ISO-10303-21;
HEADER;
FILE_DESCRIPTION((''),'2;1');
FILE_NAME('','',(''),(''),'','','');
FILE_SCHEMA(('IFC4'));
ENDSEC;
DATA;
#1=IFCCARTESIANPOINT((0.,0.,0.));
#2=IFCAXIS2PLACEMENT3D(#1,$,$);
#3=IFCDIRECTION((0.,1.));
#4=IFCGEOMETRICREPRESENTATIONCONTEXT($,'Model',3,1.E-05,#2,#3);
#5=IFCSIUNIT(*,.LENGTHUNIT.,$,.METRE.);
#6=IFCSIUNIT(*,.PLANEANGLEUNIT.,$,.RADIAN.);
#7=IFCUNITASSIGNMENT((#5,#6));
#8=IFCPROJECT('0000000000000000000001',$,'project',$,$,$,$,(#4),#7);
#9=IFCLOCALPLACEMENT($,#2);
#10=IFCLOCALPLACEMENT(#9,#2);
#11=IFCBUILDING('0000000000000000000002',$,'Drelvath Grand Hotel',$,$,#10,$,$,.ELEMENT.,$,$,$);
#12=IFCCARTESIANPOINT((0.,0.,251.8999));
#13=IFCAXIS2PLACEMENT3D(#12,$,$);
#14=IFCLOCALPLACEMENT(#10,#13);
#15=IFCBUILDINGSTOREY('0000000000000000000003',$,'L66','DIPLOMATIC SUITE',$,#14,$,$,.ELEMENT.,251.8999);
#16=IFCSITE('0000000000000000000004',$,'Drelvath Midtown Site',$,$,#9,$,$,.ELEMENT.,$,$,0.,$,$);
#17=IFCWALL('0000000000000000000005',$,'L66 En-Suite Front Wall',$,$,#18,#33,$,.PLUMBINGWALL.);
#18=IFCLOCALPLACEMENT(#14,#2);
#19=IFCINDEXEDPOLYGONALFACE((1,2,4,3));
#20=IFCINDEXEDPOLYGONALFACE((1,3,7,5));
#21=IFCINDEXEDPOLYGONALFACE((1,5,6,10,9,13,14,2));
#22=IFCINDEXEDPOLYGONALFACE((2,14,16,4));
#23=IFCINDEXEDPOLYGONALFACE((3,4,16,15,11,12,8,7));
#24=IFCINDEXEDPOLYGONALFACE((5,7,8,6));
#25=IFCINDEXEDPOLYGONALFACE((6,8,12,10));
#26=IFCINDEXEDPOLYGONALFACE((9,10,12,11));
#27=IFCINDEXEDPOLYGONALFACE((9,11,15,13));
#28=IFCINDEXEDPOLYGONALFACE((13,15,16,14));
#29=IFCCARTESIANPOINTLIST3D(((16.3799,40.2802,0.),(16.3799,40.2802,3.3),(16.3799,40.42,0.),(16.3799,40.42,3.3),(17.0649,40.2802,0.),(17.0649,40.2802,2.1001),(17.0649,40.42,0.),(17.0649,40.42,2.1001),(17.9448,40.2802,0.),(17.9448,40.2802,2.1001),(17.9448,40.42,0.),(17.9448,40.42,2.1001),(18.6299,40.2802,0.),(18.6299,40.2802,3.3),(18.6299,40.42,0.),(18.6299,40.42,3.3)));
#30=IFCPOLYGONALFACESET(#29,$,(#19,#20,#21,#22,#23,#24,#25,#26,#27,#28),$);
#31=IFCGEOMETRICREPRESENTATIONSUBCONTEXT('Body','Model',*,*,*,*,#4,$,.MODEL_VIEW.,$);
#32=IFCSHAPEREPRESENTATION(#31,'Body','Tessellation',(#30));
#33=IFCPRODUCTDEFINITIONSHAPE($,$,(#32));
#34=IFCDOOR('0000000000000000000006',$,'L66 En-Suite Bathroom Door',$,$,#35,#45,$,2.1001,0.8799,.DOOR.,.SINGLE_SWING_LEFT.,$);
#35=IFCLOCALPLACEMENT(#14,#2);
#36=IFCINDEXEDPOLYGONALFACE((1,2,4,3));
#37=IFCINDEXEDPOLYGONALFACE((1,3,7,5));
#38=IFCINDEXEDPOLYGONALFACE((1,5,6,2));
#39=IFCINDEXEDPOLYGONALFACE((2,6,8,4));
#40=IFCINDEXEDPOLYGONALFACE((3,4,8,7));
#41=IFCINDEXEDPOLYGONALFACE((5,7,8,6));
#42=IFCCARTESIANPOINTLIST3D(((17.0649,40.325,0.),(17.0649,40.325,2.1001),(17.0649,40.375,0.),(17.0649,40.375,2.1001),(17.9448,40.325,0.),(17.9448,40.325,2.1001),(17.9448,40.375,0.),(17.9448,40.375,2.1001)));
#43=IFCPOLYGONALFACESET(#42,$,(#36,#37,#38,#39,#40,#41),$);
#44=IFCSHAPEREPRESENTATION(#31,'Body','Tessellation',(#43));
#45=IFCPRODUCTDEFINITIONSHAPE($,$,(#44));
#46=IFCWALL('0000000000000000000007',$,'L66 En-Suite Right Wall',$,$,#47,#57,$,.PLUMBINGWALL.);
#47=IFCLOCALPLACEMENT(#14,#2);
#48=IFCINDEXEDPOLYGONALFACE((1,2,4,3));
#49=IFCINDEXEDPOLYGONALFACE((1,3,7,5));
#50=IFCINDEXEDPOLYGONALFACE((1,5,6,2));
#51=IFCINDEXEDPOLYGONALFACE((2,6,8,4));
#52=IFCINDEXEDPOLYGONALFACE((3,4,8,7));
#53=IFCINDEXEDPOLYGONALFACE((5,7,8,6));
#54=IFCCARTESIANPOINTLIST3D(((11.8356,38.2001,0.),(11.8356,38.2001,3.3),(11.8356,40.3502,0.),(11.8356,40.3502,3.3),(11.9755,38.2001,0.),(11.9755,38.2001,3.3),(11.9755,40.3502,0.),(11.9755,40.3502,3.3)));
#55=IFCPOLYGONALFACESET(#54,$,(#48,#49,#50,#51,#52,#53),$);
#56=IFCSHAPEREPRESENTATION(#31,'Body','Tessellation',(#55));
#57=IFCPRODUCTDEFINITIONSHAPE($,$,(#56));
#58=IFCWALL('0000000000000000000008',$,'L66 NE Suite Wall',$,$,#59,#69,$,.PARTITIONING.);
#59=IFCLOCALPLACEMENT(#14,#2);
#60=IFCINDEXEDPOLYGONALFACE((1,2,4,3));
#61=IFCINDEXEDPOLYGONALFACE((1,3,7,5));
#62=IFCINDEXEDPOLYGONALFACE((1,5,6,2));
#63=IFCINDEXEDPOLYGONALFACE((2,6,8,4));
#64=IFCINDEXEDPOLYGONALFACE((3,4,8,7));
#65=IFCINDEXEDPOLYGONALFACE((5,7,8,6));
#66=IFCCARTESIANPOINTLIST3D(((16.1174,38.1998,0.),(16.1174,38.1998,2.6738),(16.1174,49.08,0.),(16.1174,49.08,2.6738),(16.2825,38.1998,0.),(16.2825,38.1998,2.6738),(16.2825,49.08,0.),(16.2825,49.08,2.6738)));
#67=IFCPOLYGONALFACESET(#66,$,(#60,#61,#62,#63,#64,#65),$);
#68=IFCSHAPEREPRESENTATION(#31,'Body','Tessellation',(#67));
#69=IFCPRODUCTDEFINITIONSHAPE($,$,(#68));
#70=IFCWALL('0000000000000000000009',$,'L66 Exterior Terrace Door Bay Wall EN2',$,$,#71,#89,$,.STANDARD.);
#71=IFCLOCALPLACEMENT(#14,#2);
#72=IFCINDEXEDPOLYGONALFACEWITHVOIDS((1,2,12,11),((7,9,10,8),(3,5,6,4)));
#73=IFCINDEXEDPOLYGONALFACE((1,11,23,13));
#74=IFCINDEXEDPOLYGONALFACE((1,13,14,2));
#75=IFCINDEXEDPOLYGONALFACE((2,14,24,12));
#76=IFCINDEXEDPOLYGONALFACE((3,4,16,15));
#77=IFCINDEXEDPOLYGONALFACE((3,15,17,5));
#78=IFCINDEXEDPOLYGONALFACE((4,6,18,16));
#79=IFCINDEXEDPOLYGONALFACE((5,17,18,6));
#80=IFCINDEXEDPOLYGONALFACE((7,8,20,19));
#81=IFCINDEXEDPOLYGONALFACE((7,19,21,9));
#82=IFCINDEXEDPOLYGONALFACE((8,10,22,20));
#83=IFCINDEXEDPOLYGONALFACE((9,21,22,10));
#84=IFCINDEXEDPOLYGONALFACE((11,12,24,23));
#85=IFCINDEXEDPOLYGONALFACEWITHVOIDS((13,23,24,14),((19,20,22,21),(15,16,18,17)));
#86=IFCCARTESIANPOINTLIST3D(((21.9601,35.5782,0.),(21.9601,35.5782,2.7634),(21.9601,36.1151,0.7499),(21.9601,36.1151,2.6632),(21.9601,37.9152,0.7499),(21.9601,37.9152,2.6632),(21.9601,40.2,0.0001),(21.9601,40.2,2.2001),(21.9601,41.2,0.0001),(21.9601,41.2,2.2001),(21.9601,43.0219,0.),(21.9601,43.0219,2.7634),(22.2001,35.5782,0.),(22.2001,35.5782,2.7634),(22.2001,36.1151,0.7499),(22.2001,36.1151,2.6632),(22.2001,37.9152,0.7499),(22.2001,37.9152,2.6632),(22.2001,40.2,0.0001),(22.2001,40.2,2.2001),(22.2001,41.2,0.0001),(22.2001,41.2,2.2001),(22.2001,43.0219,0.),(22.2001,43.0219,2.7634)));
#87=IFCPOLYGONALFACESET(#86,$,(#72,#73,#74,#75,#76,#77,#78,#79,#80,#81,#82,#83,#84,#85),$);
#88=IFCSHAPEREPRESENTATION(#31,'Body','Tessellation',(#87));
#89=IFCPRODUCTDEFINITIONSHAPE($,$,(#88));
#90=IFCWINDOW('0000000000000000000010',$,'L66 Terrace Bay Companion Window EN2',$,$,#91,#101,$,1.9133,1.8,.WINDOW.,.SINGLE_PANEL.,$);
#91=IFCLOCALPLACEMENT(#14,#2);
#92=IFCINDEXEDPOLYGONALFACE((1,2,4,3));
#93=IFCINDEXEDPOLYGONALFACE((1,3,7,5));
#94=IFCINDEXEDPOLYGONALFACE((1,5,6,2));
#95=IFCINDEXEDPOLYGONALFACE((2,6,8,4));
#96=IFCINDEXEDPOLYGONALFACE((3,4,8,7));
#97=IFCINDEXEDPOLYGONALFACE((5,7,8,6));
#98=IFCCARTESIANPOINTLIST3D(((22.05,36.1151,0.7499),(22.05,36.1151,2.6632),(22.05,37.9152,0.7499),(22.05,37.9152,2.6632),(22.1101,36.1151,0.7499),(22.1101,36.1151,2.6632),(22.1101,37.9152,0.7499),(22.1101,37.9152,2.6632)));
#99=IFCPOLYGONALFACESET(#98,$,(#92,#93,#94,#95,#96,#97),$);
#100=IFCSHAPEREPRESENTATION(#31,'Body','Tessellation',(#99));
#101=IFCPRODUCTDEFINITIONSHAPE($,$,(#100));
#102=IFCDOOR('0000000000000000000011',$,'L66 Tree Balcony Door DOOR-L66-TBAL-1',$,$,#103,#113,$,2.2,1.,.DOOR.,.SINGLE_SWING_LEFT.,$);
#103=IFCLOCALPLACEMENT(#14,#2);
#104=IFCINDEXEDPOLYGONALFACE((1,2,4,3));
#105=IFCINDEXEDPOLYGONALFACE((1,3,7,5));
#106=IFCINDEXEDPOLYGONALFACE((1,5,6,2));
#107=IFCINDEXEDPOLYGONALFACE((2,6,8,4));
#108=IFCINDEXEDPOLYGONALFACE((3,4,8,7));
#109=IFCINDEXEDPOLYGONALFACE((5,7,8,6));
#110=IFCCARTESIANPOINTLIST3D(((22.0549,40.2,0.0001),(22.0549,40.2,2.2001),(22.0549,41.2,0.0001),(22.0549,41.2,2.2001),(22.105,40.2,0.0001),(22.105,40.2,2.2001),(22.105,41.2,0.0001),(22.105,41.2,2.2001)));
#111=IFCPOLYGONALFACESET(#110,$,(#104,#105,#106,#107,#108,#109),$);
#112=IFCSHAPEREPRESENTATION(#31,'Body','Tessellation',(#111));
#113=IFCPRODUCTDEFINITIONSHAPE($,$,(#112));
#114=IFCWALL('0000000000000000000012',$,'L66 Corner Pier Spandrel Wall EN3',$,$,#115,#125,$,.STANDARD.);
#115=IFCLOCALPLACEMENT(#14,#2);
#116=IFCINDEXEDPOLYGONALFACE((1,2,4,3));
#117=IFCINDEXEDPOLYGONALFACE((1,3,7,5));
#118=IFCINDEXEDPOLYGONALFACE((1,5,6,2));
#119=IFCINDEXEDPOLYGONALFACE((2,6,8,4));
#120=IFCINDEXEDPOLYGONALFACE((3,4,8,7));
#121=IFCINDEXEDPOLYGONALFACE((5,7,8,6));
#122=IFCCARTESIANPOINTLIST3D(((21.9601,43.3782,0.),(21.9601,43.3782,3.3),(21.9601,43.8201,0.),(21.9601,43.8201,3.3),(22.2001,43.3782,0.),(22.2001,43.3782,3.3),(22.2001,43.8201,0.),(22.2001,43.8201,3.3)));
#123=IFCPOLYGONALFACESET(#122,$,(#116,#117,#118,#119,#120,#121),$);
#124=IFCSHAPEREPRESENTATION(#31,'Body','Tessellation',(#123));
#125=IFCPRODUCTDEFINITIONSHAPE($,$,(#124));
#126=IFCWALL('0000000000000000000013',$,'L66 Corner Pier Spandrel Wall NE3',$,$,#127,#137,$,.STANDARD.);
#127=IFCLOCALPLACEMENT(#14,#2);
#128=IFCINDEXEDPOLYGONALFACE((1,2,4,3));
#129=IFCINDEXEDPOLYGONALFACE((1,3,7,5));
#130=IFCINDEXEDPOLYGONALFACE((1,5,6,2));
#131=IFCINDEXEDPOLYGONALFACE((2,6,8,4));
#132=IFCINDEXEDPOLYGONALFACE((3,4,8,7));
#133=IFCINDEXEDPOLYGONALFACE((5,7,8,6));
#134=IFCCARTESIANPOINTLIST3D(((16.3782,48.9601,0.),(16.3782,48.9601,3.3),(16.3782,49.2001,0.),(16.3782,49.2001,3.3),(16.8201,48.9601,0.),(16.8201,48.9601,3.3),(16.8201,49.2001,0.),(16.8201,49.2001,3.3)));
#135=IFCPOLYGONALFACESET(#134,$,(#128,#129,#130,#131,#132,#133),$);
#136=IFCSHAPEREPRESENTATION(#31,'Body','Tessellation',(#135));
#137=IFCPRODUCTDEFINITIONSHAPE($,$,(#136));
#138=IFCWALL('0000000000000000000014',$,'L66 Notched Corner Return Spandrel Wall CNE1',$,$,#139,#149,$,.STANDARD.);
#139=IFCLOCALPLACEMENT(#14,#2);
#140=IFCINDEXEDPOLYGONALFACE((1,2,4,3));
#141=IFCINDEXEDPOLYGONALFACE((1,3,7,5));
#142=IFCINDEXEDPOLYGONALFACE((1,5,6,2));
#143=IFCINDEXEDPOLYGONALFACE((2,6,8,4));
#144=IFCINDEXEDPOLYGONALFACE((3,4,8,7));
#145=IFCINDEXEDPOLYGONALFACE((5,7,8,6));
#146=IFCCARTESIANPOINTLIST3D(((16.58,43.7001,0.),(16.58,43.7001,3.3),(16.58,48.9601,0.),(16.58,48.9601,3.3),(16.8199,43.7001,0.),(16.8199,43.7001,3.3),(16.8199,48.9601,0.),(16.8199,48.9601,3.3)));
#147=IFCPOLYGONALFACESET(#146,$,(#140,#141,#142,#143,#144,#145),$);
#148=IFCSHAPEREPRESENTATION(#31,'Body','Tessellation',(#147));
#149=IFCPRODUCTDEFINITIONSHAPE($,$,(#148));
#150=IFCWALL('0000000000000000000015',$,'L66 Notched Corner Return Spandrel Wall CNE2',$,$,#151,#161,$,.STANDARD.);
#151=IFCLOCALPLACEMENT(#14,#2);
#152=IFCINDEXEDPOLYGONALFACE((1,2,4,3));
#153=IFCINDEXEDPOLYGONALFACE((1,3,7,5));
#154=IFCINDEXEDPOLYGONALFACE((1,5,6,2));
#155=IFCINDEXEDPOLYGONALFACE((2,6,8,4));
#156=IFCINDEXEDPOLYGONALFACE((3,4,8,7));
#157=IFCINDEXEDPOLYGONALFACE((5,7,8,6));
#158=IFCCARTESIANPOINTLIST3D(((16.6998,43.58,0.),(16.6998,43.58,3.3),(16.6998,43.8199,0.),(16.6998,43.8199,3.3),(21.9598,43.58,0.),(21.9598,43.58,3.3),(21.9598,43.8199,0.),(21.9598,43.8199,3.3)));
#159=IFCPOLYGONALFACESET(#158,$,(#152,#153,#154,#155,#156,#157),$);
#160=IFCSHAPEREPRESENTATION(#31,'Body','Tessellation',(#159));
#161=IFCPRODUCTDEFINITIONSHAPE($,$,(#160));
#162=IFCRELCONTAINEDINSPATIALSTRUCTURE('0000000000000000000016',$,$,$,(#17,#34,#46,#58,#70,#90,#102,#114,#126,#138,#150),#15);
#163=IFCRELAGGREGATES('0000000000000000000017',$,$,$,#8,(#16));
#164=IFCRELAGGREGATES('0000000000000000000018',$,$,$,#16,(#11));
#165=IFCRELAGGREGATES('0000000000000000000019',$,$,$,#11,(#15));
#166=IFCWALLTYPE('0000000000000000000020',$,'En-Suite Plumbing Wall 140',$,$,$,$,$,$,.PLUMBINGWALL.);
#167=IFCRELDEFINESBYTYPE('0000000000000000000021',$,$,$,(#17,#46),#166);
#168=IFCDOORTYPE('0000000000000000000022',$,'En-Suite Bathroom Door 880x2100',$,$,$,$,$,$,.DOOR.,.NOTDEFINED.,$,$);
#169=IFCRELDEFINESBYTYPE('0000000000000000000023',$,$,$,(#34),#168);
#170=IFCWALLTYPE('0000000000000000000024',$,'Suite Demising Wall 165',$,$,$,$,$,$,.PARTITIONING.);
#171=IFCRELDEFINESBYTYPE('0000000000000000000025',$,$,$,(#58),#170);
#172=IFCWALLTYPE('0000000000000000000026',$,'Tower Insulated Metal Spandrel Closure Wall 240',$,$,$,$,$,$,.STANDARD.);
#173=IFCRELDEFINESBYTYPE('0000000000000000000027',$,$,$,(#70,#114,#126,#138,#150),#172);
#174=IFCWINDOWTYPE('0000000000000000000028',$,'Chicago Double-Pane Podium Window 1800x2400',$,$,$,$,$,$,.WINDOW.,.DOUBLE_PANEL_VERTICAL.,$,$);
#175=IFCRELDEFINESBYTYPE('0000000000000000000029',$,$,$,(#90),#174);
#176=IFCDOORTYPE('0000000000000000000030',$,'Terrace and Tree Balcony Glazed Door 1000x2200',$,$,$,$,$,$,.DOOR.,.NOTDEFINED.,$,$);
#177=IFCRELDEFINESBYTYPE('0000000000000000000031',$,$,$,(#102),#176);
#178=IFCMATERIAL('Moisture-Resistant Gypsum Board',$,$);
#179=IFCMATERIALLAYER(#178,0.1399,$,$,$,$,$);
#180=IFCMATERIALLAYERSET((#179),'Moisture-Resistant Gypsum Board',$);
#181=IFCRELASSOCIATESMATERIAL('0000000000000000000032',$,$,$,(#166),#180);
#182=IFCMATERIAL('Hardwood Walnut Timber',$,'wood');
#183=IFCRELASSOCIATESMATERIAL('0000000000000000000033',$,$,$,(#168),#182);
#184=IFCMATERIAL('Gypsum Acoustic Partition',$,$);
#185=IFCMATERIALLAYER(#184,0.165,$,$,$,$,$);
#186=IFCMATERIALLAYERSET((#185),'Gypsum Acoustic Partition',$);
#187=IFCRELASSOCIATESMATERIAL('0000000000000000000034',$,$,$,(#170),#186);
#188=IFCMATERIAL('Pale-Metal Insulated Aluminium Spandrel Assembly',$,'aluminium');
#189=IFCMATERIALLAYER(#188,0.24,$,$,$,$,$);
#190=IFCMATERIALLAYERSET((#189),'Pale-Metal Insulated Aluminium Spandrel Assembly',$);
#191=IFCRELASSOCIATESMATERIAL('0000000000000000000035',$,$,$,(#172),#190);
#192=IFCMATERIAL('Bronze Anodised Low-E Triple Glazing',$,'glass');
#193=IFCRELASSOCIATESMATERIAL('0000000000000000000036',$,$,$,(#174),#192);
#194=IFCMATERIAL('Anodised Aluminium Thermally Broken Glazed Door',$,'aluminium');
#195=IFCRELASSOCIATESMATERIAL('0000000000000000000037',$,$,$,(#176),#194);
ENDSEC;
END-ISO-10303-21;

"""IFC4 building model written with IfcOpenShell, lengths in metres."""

from ifc_helpers import new_model, si_unit, direction, frame, frame_2d, origin, place, context, subcontext, project, spatial, rectangle, extrude, material, layer, layer_set, type_object, element, fill, save


model = new_model("IFC4")

# Units and contexts
model_context = context("Model", 3, precision=1e-05, world=origin(), true_north=direction((0.0, 1.0)))
body_context = subcontext(model_context, "Body", "Model", "MODEL_VIEW")
ifc_project = project(units=[si_unit("LENGTHUNIT", "METRE"), si_unit("PLANEANGLEUNIT", "RADIAN")], contexts=[model_context])

# Site, building, storey
site_placement = place(None, origin())
site = spatial("IfcSite", under=ifc_project, at=site_placement, Name="Drelvath Midtown Site", CompositionType="ELEMENT", RefElevation=0.0)
building_placement = place(site_placement, origin())
building = spatial("IfcBuilding", under=site, at=building_placement, Name="Drelvath Grand Hotel", CompositionType="ELEMENT")
storey_placement = place(building_placement, frame((0.0, 0.0, 251.8999)))
storey = spatial("IfcBuildingStorey", under=building, at=storey_placement, Name="L66", Description="DIPLOMATIC SUITE", CompositionType="ELEMENT", Elevation=251.8999)

# Shared definitions
ifc_material_1 = material(Name="Moisture-Resistant Gypsum Board")
ifc_layer_1 = layer(ifc_material_1, 0.1399)
ifc_layer_set_1 = layer_set([ifc_layer_1], Name="Moisture-Resistant Gypsum Board")
wall_type_1 = type_object("IfcWallType", Name="En-Suite Plumbing Wall 140", PredefinedType="PLUMBINGWALL", material=ifc_layer_set_1)

# Wall, opening, door
wall_1_placement = place(storey_placement, frame((16.3799, 40.3501, 0.0), z_axis=(0.0, 0.0, 1.0), x_axis=(1.0, 0.0, 0.0)))
wall_1 = element("IfcWall", 1, at=wall_1_placement, inside=storey, type_object=wall_type_1, Name="L66 En-Suite Front Wall", PredefinedType="PLUMBINGWALL", context=body_context, shape_type="SweptSolid", body=[
    extrude(rectangle(XDim=2.25, YDim=0.1399, at=frame_2d((1.125, 0.0))), origin(), (0.0, 0.0, 1.0), 3.3),
])
opening_1_placement = place(wall_1_placement, frame((0.6851, 0.0, 0.0)))
opening_1 = element("IfcOpeningElement", 2, at=opening_1_placement, cuts=wall_1, PredefinedType="OPENING", context=body_context, shape_type="SweptSolid", body=[
    extrude(rectangle(XDim=0.8799, YDim=2.1001, at=frame_2d((0.4399, 1.05))), frame((0.0, 0.0798, 0.0), z_axis=(0.0, -1.0, 0.0), x_axis=(1.0, 0.0, 0.0)), (0.0, 0.0, 1.0), 0.1599),
])
ifc_material_2 = material(Name="Hardwood Walnut Timber", Category="wood")
door_type_1 = type_object("IfcDoorType", Name="En-Suite Bathroom Door 880x2100", OperationType="NOTDEFINED", PredefinedType="DOOR", material=ifc_material_2)
door_1_placement = place(opening_1_placement, origin())
door_1 = element("IfcDoor", 3, at=door_1_placement, inside=storey, type_object=door_type_1, Name="L66 En-Suite Bathroom Door", OperationType="SINGLE_SWING_LEFT", OverallHeight=2.1001, OverallWidth=0.8799, PredefinedType="DOOR", context=body_context, shape_type="SweptSolid", body=[
    extrude(rectangle(XDim=0.8799, YDim=2.1001, at=frame_2d((0.4399, 1.05))), frame((0.0, 0.0249, 0.0), z_axis=(0.0, -1.0, 0.0), x_axis=(1.0, 0.0, 0.0)), (0.0, 0.0, 1.0), 0.05),
])
fill(opening_1, door_1)

# Walls
wall_2_placement = place(storey_placement, frame((11.9055, 38.2, 0.0), z_axis=(0.0, 0.0, 1.0), x_axis=(0.0, 1.0, 0.0)))
element("IfcWall", 4, at=wall_2_placement, inside=storey, type_object=wall_type_1, Name="L66 En-Suite Right Wall", PredefinedType="PLUMBINGWALL", context=body_context, shape_type="SweptSolid", body=[
    extrude(rectangle(XDim=2.1501, YDim=0.1399, at=frame_2d((1.0752, 0.0))), origin(), (0.0, 0.0, 1.0), 3.3),
])
ifc_material_3 = material(Name="Gypsum Acoustic Partition")
ifc_layer_2 = layer(ifc_material_3, 0.165)
ifc_layer_set_2 = layer_set([ifc_layer_2], Name="Gypsum Acoustic Partition")
wall_type_2 = type_object("IfcWallType", Name="Suite Demising Wall 165", PredefinedType="PARTITIONING", material=ifc_layer_set_2)
wall_3_placement = place(storey_placement, frame((16.2, 38.2, 0.0), z_axis=(0.0, 0.0, 1.0), x_axis=(0.0, 1.0, 0.0)))
element("IfcWall", 5, at=wall_3_placement, inside=storey, type_object=wall_type_2, Name="L66 NE Suite Wall", PredefinedType="PARTITIONING", context=body_context, shape_type="SweptSolid", body=[
    extrude(rectangle(XDim=10.8801, YDim=0.165, at=frame_2d((5.4399, 0.0))), origin(), (0.0, 0.0, 1.0), 2.6738),
])

# Wall, openings, window, door
ifc_material_4 = material(Name="Pale-Metal Insulated Aluminium Spandrel Assembly", Category="aluminium")
ifc_layer_3 = layer(ifc_material_4, 0.24)
ifc_layer_set_3 = layer_set([ifc_layer_3], Name="Pale-Metal Insulated Aluminium Spandrel Assembly")
wall_type_3 = type_object("IfcWallType", Name="Tower Insulated Metal Spandrel Closure Wall 240", PredefinedType="STANDARD", material=ifc_layer_set_3)
wall_4_placement = place(storey_placement, frame((22.0801, 43.0217, 0.0), z_axis=(0.0, 0.0, 1.0), x_axis=(0.0, -1.0, 0.0)))
wall_4 = element("IfcWall", 6, at=wall_4_placement, inside=storey, type_object=wall_type_3, Name="L66 Exterior Terrace Door Bay Wall EN2", PredefinedType="STANDARD", context=body_context, shape_type="SweptSolid", body=[
    extrude(rectangle(XDim=7.4436, YDim=0.24, at=frame_2d((3.7217, 0.0))), origin(), (0.0, 0.0, 1.0), 2.7634),
])
opening_2_placement = place(wall_4_placement, frame((1.8218, 0.0, 0.0)))
opening_2 = element("IfcOpeningElement", 7, at=opening_2_placement, cuts=wall_4, PredefinedType="OPENING", context=body_context, shape_type="SweptSolid", body=[
    extrude(rectangle(XDim=1.0, YDim=2.2, at=frame_2d((0.5, 1.1001))), frame((0.0, 0.1299, 0.0), z_axis=(0.0, -1.0, 0.0), x_axis=(1.0, 0.0, 0.0)), (0.0, 0.0, 1.0), 0.26),
])
opening_3_placement = place(wall_4_placement, frame((5.1067, 0.0, 0.75)))
opening_3 = element("IfcOpeningElement", 8, at=opening_3_placement, cuts=wall_4, PredefinedType="OPENING", context=body_context, shape_type="SweptSolid", body=[
    extrude(rectangle(XDim=1.8, YDim=1.9133, at=frame_2d((0.8999, 0.9565))), frame((0.0, 0.1299, 0.0), z_axis=(0.0, -1.0, 0.0), x_axis=(1.0, 0.0, 0.0)), (0.0, 0.0, 1.0), 0.26),
])
ifc_material_5 = material(Name="Bronze Anodised Low-E Triple Glazing", Category="glass")
window_type = type_object("IfcWindowType", Name="Chicago Double-Pane Podium Window 1800x2400", PartitioningType="DOUBLE_PANEL_VERTICAL", PredefinedType="WINDOW", material=ifc_material_5)
window_placement = place(opening_3_placement, origin())
window = element("IfcWindow", 9, at=window_placement, inside=storey, type_object=window_type, Name="L66 Terrace Bay Companion Window EN2", OverallHeight=1.9133, OverallWidth=1.8, PartitioningType="SINGLE_PANEL", PredefinedType="WINDOW", context=body_context, shape_type="SweptSolid", body=[
    extrude(rectangle(XDim=1.8, YDim=1.9133, at=frame_2d((0.8999, 0.9565))), frame((0.0, 0.03, 0.0), z_axis=(0.0, -1.0, 0.0), x_axis=(1.0, 0.0, 0.0)), (0.0, 0.0, 1.0), 0.0601),
])
fill(opening_3, window)
ifc_material_6 = material(Name="Anodised Aluminium Thermally Broken Glazed Door", Category="aluminium")
door_type_2 = type_object("IfcDoorType", Name="Terrace and Tree Balcony Glazed Door 1000x2200", OperationType="NOTDEFINED", PredefinedType="DOOR", material=ifc_material_6)
door_2_placement = place(opening_2_placement, origin())
door_2 = element("IfcDoor", 10, at=door_2_placement, inside=storey, type_object=door_type_2, Name="L66 Tree Balcony Door DOOR-L66-TBAL-1", OperationType="SINGLE_SWING_LEFT", OverallHeight=2.2, OverallWidth=1.0, PredefinedType="DOOR", context=body_context, shape_type="SweptSolid", body=[
    extrude(rectangle(XDim=1.0, YDim=2.2, at=frame_2d((0.5, 1.1001))), frame((0.0, 0.0249, 0.0), z_axis=(0.0, -1.0, 0.0), x_axis=(1.0, 0.0, 0.0)), (0.0, 0.0, 1.0), 0.05),
])
fill(opening_2, door_2)

# Walls
for number, where, z_axis, x_axis, name in (
    (11, (22.0801, 43.8201, 0.0), (0.0, 0.0, 1.0), (0.0, -1.0, 0.0), "L66 Corner Pier Spandrel Wall EN3"),
    (12, (16.3782, 49.0801, 0.0), (0.0, 0.0, 1.0), (1.0, 0.0, 0.0), "L66 Corner Pier Spandrel Wall NE3"),
):
    element("IfcWall", number, at=place(storey_placement, frame(where, z_axis=z_axis, x_axis=x_axis)), inside=storey, type_object=wall_type_3, Name=name, PredefinedType="STANDARD", context=body_context, shape_type="SweptSolid", body=[
        extrude(rectangle(XDim=0.4419, YDim=0.24, at=frame_2d((0.2209, 0.0))), origin(), (0.0, 0.0, 1.0), 3.3),
    ])
for number, where, z_axis, x_axis, name in (
    (13, (16.7, 48.96, 0.0), (0.0, 0.0, 1.0), (0.0, -1.0, 0.0), "L66 Notched Corner Return Spandrel Wall CNE1"),
    (14, (16.7, 43.7, 0.0), (0.0, 0.0, 1.0), (1.0, 0.0, 0.0), "L66 Notched Corner Return Spandrel Wall CNE2"),
):
    element("IfcWall", number, at=place(storey_placement, frame(where, z_axis=z_axis, x_axis=x_axis)), inside=storey, type_object=wall_type_3, Name=name, PredefinedType="STANDARD", context=body_context, shape_type="SweptSolid", body=[
        extrude(rectangle(XDim=5.26, YDim=0.24, at=frame_2d((2.6299, 0.0))), origin(), (0.0, 0.0, 1.0), 3.3),
    ])

save(model, "model.ifc")
